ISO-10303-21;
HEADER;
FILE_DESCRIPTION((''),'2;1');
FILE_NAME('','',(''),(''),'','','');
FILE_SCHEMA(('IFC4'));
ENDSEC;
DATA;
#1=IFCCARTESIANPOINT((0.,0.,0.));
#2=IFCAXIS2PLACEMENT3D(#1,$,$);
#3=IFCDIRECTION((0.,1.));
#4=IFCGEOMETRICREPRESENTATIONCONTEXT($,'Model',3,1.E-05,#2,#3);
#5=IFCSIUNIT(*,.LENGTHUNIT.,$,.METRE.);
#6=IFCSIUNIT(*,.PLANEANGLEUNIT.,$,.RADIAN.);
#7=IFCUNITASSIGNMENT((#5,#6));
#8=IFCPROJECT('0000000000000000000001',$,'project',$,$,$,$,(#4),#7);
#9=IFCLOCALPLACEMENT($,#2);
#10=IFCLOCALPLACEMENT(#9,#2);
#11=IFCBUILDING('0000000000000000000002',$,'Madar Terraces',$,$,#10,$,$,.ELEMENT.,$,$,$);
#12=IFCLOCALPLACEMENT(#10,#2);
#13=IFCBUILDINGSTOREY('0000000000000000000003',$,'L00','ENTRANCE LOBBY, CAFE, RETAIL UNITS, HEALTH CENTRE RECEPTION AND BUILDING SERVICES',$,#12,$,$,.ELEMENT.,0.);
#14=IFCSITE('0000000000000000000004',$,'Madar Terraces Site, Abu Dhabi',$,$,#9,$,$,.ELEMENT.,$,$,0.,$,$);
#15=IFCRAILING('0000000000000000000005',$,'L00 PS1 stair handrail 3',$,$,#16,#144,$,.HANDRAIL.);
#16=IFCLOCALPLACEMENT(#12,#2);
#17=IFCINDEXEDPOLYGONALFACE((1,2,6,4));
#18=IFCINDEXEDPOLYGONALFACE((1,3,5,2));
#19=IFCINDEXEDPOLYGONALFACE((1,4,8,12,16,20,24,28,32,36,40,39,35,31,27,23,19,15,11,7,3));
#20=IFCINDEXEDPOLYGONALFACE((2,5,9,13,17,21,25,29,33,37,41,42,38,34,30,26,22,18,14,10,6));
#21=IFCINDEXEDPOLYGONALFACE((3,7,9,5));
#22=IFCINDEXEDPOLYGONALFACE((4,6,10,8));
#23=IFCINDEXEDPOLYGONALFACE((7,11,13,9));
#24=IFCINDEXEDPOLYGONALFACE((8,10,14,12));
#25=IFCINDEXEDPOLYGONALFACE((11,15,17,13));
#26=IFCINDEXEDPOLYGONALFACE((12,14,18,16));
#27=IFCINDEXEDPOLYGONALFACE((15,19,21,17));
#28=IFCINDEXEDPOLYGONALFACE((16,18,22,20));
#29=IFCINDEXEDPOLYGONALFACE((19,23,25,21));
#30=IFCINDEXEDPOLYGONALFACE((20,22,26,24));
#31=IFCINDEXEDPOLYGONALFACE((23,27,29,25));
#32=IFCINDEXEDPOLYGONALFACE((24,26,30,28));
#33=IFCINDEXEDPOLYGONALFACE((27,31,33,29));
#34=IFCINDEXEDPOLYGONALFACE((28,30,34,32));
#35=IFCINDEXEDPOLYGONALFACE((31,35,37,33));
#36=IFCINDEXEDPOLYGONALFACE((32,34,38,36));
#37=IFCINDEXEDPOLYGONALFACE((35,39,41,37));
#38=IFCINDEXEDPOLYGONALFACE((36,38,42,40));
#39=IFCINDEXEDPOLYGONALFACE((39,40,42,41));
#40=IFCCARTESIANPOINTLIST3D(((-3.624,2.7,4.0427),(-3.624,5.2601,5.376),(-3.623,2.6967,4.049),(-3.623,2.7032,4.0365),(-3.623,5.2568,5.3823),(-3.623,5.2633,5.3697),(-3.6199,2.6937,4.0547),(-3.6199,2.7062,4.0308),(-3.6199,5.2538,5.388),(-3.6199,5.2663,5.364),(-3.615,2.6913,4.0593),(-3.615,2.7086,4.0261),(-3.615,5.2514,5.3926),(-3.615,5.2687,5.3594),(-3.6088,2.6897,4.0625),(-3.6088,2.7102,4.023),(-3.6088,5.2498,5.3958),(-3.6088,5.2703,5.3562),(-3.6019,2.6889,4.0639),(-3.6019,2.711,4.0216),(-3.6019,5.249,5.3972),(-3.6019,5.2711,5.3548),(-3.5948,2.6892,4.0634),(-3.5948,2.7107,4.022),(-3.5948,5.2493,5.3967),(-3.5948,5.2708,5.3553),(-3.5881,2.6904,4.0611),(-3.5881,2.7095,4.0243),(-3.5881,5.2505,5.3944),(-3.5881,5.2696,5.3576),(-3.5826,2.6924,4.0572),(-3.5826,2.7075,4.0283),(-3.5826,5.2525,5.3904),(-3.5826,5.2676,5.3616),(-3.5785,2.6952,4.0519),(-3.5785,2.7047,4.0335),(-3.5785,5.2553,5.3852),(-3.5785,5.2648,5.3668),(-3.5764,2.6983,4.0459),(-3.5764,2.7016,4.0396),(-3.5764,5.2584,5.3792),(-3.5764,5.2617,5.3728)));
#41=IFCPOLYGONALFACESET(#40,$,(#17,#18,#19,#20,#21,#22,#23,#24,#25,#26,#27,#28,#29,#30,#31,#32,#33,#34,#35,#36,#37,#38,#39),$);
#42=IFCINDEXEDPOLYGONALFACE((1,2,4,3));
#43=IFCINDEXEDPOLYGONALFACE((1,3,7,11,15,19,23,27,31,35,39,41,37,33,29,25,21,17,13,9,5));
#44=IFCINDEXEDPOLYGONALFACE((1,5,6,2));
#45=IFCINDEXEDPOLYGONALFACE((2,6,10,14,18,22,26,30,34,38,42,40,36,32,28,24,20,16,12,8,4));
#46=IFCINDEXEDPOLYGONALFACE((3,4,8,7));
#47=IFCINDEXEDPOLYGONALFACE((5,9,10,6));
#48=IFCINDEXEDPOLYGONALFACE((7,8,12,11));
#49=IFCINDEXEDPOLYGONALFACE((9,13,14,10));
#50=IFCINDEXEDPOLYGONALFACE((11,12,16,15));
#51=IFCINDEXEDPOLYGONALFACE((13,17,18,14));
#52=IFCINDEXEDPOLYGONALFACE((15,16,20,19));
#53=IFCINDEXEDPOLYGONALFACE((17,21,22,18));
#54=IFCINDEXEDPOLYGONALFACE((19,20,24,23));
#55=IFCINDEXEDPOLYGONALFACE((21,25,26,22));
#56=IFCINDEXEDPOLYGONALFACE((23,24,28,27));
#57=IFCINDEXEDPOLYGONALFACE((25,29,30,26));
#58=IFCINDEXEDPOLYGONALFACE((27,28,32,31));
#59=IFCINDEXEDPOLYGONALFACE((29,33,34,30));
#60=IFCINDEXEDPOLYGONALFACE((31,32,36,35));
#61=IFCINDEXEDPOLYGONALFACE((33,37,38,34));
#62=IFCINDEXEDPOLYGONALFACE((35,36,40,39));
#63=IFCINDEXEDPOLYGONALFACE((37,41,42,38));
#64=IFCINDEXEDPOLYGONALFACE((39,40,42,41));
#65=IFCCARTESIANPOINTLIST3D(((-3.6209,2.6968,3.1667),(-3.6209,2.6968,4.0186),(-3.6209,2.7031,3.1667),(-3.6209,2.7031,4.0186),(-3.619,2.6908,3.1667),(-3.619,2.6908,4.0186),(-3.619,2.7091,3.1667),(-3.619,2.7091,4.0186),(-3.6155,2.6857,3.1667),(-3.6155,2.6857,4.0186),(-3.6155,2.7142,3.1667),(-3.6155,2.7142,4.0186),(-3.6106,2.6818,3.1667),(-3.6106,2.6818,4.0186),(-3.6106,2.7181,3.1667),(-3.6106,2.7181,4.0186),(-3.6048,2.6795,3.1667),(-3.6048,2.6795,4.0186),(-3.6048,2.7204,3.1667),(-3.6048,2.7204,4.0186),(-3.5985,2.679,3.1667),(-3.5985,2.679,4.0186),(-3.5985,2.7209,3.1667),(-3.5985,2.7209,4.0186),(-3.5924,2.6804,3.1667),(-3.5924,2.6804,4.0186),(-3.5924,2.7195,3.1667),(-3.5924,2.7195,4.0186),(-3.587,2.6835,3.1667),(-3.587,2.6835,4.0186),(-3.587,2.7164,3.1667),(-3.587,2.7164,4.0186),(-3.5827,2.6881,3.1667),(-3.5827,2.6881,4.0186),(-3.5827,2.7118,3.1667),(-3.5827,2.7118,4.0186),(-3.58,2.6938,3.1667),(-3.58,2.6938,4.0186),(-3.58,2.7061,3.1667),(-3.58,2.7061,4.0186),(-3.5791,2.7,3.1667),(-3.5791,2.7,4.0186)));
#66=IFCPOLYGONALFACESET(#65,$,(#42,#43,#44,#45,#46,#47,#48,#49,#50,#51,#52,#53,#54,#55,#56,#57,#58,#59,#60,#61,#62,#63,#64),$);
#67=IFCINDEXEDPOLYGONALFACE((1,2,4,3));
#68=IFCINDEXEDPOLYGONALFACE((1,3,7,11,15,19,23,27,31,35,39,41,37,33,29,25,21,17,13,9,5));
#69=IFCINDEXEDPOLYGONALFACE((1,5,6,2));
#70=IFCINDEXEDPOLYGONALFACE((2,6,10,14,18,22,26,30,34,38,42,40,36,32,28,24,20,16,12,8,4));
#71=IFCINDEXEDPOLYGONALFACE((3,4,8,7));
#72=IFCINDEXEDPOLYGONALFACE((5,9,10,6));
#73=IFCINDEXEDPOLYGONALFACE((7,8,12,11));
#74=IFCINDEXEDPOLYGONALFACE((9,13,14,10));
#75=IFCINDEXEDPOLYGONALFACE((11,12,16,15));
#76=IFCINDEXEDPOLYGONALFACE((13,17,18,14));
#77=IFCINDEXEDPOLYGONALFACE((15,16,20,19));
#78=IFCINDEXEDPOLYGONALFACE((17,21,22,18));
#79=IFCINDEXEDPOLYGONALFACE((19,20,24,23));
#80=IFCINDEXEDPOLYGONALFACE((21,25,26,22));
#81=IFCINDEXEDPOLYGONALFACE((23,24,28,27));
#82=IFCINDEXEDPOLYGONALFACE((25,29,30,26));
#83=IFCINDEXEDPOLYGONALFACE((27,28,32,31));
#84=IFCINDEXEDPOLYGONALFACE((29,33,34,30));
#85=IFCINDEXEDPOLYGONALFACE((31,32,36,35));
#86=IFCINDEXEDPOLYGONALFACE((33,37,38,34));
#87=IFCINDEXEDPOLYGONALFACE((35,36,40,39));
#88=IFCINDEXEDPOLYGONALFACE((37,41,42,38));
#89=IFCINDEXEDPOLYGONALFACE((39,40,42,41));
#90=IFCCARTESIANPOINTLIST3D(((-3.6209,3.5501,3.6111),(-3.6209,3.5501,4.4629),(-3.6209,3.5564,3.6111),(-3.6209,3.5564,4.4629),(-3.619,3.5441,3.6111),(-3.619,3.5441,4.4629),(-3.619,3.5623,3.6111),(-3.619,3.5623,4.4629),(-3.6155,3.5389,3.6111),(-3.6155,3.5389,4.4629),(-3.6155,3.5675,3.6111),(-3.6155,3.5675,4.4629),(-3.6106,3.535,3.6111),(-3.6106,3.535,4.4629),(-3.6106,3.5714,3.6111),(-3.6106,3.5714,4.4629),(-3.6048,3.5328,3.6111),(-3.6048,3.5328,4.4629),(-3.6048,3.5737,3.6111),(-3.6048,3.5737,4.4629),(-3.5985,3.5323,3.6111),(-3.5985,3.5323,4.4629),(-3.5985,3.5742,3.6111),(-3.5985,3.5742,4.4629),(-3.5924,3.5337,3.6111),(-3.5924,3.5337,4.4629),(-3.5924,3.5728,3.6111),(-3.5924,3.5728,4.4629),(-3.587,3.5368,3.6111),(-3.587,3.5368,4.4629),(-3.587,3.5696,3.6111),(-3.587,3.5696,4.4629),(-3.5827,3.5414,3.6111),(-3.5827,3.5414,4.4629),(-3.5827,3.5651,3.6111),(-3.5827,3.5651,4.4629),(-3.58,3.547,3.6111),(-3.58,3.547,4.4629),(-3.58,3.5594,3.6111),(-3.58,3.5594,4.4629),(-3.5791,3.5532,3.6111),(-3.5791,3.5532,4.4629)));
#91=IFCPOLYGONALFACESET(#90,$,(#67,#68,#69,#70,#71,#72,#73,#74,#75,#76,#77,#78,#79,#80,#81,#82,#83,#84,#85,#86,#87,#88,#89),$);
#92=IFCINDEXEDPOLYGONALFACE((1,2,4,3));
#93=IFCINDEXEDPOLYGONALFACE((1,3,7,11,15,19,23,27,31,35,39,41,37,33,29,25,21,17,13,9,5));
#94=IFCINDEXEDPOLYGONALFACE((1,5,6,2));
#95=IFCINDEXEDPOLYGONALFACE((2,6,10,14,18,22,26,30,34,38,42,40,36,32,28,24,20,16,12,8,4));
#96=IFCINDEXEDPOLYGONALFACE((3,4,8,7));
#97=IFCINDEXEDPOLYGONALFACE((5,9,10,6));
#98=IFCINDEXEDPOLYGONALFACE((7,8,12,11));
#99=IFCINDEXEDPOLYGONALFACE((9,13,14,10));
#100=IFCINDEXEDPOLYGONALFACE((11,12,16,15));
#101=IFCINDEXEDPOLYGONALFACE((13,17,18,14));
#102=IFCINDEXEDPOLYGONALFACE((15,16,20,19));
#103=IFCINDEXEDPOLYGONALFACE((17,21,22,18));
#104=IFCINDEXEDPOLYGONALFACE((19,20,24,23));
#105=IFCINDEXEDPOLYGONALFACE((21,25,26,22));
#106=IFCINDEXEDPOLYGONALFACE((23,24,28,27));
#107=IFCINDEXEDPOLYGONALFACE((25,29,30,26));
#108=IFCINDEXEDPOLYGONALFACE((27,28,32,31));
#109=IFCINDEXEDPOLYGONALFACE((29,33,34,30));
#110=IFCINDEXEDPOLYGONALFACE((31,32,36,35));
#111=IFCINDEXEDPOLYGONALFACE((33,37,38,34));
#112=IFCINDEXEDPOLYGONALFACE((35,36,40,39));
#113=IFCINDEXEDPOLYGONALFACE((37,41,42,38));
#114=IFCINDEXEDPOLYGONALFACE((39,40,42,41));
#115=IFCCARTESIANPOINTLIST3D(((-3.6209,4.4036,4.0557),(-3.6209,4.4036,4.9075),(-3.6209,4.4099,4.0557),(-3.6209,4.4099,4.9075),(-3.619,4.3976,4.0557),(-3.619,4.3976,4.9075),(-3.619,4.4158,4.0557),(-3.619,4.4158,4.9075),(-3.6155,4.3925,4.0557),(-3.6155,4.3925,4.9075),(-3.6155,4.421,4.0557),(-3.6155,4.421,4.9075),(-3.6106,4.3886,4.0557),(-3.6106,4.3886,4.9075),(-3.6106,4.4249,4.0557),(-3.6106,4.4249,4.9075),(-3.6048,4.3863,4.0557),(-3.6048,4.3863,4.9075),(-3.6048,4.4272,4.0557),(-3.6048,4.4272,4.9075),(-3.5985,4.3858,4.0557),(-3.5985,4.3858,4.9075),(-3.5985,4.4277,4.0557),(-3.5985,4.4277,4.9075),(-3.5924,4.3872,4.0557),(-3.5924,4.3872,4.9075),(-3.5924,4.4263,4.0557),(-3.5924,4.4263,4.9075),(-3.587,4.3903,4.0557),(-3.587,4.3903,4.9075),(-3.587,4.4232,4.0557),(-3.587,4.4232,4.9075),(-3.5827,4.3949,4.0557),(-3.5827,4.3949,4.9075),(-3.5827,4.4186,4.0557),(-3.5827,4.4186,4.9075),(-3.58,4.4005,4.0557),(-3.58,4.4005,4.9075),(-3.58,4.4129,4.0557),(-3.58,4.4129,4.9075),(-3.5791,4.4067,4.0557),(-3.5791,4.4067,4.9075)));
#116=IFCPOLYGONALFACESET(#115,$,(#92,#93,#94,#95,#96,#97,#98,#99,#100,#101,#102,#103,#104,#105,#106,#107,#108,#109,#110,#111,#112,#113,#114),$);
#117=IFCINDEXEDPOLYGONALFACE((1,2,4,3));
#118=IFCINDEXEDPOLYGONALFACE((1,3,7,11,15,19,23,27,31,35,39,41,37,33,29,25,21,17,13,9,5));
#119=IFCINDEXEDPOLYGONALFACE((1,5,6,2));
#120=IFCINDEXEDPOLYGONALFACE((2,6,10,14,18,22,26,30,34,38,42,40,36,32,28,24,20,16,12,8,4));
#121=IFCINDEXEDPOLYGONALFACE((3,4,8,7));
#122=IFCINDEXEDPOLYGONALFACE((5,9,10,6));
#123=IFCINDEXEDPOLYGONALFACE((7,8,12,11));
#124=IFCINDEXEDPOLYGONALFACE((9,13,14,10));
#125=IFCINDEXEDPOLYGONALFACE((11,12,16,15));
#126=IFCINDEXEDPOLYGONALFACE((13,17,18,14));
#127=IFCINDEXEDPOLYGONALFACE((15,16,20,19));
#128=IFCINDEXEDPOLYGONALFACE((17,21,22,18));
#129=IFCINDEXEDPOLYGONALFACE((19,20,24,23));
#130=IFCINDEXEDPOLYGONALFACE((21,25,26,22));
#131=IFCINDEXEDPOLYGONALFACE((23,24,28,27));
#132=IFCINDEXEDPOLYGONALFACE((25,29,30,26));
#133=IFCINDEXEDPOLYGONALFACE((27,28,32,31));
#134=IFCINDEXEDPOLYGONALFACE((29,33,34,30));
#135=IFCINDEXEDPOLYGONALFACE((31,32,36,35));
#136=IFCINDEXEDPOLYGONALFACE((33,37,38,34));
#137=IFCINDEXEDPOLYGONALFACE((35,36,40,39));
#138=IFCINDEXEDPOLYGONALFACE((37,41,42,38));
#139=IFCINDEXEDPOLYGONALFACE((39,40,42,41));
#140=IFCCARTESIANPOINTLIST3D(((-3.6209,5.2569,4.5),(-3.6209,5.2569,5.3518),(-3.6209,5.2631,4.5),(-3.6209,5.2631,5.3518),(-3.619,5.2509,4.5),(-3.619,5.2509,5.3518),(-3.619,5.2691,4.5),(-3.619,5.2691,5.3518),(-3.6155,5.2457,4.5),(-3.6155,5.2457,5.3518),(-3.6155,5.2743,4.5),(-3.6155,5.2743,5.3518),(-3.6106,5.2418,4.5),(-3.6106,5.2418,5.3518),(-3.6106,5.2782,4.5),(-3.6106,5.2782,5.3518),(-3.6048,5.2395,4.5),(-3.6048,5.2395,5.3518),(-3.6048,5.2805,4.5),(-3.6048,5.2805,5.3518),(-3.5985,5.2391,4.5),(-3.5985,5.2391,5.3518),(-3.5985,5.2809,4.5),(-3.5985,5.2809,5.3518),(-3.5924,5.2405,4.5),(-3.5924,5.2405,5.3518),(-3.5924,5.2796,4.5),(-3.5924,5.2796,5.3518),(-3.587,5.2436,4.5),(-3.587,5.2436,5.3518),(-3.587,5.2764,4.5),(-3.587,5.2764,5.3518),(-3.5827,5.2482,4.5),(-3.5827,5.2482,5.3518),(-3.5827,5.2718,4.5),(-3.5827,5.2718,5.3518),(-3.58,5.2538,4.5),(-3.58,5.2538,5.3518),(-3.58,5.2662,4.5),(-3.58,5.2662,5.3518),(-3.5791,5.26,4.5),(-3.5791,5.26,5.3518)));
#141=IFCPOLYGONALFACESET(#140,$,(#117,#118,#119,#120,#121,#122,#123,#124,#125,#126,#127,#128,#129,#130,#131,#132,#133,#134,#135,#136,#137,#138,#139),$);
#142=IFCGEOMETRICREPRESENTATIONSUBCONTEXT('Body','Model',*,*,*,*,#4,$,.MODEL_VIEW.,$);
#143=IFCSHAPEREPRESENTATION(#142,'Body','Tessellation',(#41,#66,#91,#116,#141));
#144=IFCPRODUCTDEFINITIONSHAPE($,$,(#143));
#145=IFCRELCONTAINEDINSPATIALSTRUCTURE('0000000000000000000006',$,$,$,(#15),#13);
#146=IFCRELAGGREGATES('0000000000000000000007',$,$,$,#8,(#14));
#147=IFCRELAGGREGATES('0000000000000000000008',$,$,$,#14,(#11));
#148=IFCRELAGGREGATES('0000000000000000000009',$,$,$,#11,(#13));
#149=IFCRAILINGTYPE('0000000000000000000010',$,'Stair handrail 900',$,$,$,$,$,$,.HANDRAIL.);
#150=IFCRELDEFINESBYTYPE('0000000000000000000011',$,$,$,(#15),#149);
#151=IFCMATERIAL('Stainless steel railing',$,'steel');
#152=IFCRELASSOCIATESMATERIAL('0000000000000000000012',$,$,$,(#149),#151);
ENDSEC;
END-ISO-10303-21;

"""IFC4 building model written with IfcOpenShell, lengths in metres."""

from ifc_helpers import new_model, si_unit, direction, frame, origin, origin_2d, place, context, subcontext, project, spatial, circle, extrude, material, type_object, element, save


model = new_model("IFC4")

# Units and contexts
model_context = context("Model", 3, precision=1e-05, world=origin(), true_north=direction((0.0, 1.0)))
body_context = subcontext(model_context, "Body", "Model", "MODEL_VIEW")
ifc_project = project(units=[si_unit("LENGTHUNIT", "METRE"), si_unit("PLANEANGLEUNIT", "RADIAN")], contexts=[model_context])

# Site, building, storey
site_placement = place(None, origin())
site = spatial("IfcSite", under=ifc_project, at=site_placement, Name="Madar Terraces Site, Abu Dhabi", CompositionType="ELEMENT", RefElevation=0.0)
building_placement = place(site_placement, origin())
building = spatial("IfcBuilding", under=site, at=building_placement, Name="Madar Terraces", CompositionType="ELEMENT")
storey_placement = place(building_placement, origin())
storey = spatial("IfcBuildingStorey", under=building, at=storey_placement, Name="L00", Description="ENTRANCE LOBBY, CAFE, RETAIL UNITS, HEALTH CENTRE RECEPTION AND BUILDING SERVICES", CompositionType="ELEMENT", Elevation=0.0)

# Railing
ifc_material_1 = material(Name="Stainless steel railing", Category="steel")
railing_type_1 = type_object("IfcRailingType", Name="Stair handrail 900", PredefinedType="HANDRAIL", material=ifc_material_1)
railing_1_placement = place(storey_placement, frame((-3.6001, 2.7, 3.1667)))
element("IfcRailing", 1, at=railing_1_placement, inside=storey, type_object=railing_type_1, Name="L00 PS1 stair handrail 3", PredefinedType="HANDRAIL", context=body_context, shape_type="SweptSolid", body=[
    extrude(circle(Radius=0.0239, at=origin_2d()), frame((0.0, 0.0, 0.876), z_axis=(0.0, 0.88693, 0.461904), x_axis=(-1.0, 0.0, 0.0)), (0.0, 0.0, 1.0), 2.8865),
    extrude(circle(Radius=0.021, at=origin_2d()), origin(), (0.0, 0.0, 1.0), 0.8518),
    extrude(circle(Radius=0.021, at=origin_2d()), frame((0.0, 0.8533, 0.4443)), (0.0, 0.0, 1.0), 0.8518),
    extrude(circle(Radius=0.021, at=origin_2d()), frame((0.0, 1.7068, 0.8889)), (0.0, 0.0, 1.0), 0.8518),
    extrude(circle(Radius=0.021, at=origin_2d()), frame((0.0, 2.5601, 1.3333)), (0.0, 0.0, 1.0), 0.8518),
])

save(model, "model.ifc")
